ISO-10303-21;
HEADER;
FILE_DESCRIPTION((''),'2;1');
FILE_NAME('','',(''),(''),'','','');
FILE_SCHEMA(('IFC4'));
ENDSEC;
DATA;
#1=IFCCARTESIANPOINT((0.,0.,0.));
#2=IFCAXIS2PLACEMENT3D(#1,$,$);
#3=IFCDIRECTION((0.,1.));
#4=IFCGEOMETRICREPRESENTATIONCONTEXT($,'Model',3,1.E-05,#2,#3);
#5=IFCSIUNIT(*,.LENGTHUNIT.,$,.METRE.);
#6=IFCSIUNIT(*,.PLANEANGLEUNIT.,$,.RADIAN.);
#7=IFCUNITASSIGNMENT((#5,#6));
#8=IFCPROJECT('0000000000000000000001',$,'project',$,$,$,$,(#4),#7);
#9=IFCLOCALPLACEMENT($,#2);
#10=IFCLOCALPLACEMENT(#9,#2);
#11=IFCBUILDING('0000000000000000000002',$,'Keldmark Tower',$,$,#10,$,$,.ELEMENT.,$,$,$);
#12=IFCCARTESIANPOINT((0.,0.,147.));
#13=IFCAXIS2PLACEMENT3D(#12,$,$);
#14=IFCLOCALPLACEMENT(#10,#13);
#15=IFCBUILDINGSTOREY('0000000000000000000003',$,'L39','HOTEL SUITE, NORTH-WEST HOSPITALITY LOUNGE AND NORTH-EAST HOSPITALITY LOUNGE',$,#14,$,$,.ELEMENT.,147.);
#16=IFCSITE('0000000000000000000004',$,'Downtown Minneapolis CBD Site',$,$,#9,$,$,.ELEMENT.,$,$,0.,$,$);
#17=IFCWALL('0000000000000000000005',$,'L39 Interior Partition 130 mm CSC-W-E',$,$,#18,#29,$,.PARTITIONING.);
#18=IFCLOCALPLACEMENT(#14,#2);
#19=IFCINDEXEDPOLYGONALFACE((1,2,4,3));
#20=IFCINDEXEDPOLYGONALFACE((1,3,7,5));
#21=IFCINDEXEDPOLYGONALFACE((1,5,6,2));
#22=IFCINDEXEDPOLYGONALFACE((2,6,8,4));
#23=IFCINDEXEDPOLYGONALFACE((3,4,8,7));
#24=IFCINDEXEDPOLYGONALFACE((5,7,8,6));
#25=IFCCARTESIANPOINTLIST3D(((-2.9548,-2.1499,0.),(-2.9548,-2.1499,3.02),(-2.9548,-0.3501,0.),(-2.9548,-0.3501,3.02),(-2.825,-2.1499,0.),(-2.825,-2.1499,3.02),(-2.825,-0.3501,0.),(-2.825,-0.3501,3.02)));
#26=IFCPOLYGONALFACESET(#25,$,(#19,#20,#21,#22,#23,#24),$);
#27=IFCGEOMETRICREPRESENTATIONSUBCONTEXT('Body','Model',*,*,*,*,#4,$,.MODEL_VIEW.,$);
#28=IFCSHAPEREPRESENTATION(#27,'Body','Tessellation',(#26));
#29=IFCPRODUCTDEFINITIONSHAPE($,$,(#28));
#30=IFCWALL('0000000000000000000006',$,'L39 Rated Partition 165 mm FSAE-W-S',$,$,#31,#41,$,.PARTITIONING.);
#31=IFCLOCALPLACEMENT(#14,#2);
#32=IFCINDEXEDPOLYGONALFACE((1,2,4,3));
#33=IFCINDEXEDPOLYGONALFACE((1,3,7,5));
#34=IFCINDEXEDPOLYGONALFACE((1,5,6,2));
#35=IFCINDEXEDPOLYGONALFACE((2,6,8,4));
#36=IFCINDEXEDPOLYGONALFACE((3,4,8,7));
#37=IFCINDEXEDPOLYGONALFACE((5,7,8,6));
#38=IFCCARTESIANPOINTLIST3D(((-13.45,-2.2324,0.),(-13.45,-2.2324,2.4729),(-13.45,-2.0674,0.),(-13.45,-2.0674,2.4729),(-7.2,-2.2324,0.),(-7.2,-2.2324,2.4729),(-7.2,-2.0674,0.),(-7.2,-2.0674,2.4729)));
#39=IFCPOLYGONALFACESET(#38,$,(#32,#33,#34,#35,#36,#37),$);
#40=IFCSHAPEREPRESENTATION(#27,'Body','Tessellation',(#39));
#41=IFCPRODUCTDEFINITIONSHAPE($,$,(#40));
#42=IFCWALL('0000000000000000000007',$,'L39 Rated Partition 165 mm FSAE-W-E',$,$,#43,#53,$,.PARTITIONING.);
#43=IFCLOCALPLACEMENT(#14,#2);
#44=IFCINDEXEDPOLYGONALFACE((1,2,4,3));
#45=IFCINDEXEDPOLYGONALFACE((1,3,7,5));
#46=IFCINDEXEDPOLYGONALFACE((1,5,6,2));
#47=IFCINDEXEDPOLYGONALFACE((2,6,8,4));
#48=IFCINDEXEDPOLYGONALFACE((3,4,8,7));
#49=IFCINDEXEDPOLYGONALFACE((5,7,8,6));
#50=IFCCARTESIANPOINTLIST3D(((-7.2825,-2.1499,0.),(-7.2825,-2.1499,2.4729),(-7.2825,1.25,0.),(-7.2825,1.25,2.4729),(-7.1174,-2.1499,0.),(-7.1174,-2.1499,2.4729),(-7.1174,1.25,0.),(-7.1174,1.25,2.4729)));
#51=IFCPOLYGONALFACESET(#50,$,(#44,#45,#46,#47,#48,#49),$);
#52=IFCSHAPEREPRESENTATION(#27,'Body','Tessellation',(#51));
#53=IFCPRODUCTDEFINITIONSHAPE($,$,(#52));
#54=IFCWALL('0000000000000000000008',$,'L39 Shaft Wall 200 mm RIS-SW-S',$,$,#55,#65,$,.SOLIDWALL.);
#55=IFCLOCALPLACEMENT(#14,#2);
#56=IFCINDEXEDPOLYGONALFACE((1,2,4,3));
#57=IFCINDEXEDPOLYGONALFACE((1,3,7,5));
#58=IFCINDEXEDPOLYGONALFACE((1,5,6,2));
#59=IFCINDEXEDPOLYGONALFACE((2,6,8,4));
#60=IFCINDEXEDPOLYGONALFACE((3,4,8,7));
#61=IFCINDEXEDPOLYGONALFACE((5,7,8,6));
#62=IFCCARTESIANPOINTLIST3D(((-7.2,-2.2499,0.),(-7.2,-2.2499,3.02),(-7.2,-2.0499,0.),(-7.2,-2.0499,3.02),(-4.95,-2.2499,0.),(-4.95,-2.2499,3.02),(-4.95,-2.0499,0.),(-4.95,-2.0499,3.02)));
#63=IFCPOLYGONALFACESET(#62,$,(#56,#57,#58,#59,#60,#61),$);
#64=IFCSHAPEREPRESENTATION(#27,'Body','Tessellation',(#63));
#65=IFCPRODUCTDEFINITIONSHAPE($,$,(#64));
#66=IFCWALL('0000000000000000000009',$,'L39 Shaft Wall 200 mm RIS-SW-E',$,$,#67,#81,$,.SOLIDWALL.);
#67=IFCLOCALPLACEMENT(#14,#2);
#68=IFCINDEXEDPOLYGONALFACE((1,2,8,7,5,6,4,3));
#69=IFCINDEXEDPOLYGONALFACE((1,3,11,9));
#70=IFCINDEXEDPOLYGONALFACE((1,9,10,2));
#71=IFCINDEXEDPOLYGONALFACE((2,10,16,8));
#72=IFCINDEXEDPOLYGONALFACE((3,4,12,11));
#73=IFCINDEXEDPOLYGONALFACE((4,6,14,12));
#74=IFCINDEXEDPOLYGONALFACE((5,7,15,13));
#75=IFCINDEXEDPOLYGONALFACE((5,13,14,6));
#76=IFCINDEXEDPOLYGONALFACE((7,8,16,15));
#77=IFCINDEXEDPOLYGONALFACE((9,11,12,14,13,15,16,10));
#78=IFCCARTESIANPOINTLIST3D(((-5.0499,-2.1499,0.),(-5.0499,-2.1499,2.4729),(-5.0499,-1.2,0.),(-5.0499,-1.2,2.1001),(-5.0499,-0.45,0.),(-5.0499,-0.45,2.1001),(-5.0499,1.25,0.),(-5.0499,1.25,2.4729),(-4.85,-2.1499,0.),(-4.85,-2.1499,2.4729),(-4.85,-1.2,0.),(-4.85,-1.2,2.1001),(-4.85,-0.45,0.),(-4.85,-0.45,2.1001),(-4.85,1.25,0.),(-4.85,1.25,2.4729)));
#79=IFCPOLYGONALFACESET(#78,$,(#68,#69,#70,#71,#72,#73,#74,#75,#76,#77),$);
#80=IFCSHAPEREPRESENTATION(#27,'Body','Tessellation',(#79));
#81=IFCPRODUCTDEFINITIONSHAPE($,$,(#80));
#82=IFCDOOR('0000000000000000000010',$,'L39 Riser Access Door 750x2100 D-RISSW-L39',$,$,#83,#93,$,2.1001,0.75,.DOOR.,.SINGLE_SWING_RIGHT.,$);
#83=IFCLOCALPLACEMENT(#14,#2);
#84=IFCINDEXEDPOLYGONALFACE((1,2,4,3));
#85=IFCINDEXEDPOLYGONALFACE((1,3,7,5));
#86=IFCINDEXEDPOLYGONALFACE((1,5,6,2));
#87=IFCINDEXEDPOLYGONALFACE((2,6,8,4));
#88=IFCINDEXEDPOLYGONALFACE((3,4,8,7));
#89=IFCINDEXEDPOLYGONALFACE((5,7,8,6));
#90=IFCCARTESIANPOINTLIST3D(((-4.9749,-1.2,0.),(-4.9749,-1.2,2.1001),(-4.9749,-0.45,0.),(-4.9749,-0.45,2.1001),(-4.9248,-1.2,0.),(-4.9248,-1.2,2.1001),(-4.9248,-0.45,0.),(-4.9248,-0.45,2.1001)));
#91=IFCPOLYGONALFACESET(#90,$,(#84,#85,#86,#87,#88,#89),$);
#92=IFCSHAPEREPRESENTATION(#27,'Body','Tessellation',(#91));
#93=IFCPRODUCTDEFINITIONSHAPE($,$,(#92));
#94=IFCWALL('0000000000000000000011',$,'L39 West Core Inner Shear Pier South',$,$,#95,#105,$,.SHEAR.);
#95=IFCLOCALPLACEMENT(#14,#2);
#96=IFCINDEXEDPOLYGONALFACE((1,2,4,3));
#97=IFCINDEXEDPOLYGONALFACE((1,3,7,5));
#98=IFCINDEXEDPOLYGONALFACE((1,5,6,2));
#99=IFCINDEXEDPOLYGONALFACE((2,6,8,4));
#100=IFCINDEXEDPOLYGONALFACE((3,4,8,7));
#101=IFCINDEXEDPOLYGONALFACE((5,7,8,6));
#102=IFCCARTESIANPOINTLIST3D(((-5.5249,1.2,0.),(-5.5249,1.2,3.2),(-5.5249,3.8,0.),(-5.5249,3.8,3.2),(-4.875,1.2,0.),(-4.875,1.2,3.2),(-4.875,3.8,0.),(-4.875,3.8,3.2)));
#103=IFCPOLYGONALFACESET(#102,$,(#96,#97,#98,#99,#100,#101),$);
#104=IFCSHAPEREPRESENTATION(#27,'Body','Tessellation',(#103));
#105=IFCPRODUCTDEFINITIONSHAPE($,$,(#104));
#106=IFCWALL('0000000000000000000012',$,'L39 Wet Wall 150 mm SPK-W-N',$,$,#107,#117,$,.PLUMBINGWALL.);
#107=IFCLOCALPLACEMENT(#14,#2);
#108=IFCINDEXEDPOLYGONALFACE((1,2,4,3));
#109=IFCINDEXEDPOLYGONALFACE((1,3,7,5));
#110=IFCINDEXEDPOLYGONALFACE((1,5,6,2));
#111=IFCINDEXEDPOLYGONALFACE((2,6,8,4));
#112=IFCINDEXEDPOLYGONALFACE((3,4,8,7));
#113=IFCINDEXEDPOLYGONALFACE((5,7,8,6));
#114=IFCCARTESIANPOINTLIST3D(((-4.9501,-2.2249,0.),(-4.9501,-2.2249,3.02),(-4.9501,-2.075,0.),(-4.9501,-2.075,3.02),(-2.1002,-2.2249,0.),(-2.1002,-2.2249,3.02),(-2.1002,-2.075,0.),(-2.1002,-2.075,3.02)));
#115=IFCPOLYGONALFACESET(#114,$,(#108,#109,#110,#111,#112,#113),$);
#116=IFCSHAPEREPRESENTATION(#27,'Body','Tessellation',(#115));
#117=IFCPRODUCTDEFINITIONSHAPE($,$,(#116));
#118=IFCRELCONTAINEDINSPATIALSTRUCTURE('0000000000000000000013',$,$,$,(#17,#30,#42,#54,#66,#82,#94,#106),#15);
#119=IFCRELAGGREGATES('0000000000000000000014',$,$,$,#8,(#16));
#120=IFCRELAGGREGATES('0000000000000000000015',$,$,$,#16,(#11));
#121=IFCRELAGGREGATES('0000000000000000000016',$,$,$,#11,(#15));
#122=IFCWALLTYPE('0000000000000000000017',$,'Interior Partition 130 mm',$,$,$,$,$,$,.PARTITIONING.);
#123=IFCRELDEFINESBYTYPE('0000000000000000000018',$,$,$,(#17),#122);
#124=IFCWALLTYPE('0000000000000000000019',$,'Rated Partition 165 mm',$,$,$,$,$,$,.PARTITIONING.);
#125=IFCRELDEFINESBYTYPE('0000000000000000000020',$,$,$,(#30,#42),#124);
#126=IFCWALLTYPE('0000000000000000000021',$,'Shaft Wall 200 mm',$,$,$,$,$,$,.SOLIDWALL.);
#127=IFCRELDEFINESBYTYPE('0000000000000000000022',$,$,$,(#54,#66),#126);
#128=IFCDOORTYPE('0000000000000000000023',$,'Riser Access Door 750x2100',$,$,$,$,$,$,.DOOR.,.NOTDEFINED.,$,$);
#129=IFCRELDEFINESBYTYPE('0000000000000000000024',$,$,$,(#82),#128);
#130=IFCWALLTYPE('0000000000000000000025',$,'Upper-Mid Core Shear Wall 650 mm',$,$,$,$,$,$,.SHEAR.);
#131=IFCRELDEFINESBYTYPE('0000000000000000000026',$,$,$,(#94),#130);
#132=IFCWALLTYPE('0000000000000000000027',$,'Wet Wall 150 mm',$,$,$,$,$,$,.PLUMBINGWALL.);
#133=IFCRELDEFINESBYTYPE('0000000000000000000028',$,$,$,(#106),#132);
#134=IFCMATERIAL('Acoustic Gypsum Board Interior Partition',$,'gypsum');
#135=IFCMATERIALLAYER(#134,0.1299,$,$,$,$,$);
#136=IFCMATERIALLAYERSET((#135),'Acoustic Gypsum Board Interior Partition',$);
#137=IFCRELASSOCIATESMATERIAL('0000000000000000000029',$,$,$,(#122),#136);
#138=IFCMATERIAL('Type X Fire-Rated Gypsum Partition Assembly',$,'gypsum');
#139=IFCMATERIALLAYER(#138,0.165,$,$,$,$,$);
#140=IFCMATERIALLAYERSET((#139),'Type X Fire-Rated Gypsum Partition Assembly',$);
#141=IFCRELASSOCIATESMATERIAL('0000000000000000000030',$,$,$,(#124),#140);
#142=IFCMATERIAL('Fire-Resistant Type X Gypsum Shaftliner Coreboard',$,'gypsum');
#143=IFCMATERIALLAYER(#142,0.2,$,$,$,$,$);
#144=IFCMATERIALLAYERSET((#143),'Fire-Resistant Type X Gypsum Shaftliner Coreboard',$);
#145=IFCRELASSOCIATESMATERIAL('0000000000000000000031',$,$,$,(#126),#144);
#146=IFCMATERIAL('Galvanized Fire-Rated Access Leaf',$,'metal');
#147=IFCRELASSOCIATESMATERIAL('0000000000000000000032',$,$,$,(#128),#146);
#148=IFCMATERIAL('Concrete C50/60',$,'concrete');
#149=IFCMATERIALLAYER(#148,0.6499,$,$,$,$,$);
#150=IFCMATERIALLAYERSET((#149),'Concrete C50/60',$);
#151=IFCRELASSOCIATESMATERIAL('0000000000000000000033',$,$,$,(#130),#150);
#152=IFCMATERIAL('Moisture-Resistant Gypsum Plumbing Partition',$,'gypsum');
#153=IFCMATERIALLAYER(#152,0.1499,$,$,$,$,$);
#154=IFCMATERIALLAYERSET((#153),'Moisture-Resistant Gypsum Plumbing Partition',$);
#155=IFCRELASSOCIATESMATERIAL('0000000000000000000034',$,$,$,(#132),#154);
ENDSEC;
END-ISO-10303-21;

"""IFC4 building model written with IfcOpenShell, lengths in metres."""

from ifc_helpers import new_model, si_unit, direction, frame, frame_2d, origin, place, context, subcontext, project, spatial, rectangle, extrude, material, layer, layer_set, type_object, element, fill, save


model = new_model("IFC4")

# Units and contexts
model_context = context("Model", 3, precision=1e-05, world=origin(), true_north=direction((0.0, 1.0)))
body_context = subcontext(model_context, "Body", "Model", "MODEL_VIEW")
ifc_project = project(units=[si_unit("LENGTHUNIT", "METRE"), si_unit("PLANEANGLEUNIT", "RADIAN")], contexts=[model_context])

# Site, building, storey
site_placement = place(None, origin())
site = spatial("IfcSite", under=ifc_project, at=site_placement, Name="Downtown Minneapolis CBD Site", CompositionType="ELEMENT", RefElevation=0.0)
building_placement = place(site_placement, origin())
building = spatial("IfcBuilding", under=site, at=building_placement, Name="Keldmark Tower", CompositionType="ELEMENT")
storey_placement = place(building_placement, frame((0.0, 0.0, 147.0)))
storey = spatial("IfcBuildingStorey", under=building, at=storey_placement, Name="L39", Description="HOTEL SUITE, NORTH-WEST HOSPITALITY LOUNGE AND NORTH-EAST HOSPITALITY LOUNGE", CompositionType="ELEMENT", Elevation=147.0)

# Shared definitions
ifc_material_1 = material(Name="Acoustic Gypsum Board Interior Partition", Category="gypsum")
ifc_layer_1 = layer(ifc_material_1, 0.1299)
ifc_layer_set_1 = layer_set([ifc_layer_1], Name="Acoustic Gypsum Board Interior Partition")
wall_type_1 = type_object("IfcWallType", Name="Interior Partition 130 mm", PredefinedType="PARTITIONING", material=ifc_layer_set_1)

# Walls
wall_1_placement = place(storey_placement, frame((-2.8899, -2.1499, 0.0), z_axis=(0.0, 0.0, 1.0), x_axis=(0.0, 1.0, 0.0)))
element("IfcWall", 1, at=wall_1_placement, inside=storey, type_object=wall_type_1, Name="L39 Interior Partition 130 mm CSC-W-E", PredefinedType="PARTITIONING", context=body_context, shape_type="SweptSolid", body=[
    extrude(rectangle(XDim=1.7998, YDim=0.1299, at=frame_2d((0.8999, 0.0))), origin(), (0.0, 0.0, 1.0), 3.02),
])
ifc_material_2 = material(Name="Type X Fire-Rated Gypsum Partition Assembly", Category="gypsum")
ifc_layer_2 = layer(ifc_material_2, 0.165)
ifc_layer_set_2 = layer_set([ifc_layer_2], Name="Type X Fire-Rated Gypsum Partition Assembly")
wall_type_2 = type_object("IfcWallType", Name="Rated Partition 165 mm", PredefinedType="PARTITIONING", material=ifc_layer_set_2)
wall_2_placement = place(storey_placement, frame((-13.45, -2.1499, 0.0), z_axis=(0.0, 0.0, 1.0), x_axis=(1.0, 0.0, 0.0)))
element("IfcWall", 2, at=wall_2_placement, inside=storey, type_object=wall_type_2, Name="L39 Rated Partition 165 mm FSAE-W-S", PredefinedType="PARTITIONING", context=body_context, shape_type="SweptSolid", body=[
    extrude(rectangle(XDim=6.25, YDim=0.165, at=frame_2d((3.125, 0.0))), origin(), (0.0, 0.0, 1.0), 2.4729),
])

# Walls
wall_3_placement = place(storey_placement, frame((-7.2, -2.1499, 0.0), z_axis=(0.0, 0.0, 1.0), x_axis=(0.0, 1.0, 0.0)))
element("IfcWall", 3, at=wall_3_placement, inside=storey, type_object=wall_type_2, Name="L39 Rated Partition 165 mm FSAE-W-E", PredefinedType="PARTITIONING", context=body_context, shape_type="SweptSolid", body=[
    extrude(rectangle(XDim=3.3999, YDim=0.165, at=frame_2d((1.7, 0.0))), origin(), (0.0, 0.0, 1.0), 2.4729),
])
ifc_material_3 = material(Name="Fire-Resistant Type X Gypsum Shaftliner Coreboard", Category="gypsum")
ifc_layer_3 = layer(ifc_material_3, 0.2)
ifc_layer_set_3 = layer_set([ifc_layer_3], Name="Fire-Resistant Type X Gypsum Shaftliner Coreboard")
wall_type_3 = type_object("IfcWallType", Name="Shaft Wall 200 mm", PredefinedType="SOLIDWALL", material=ifc_layer_set_3)
wall_4_placement = place(storey_placement, frame((-7.2, -2.1499, 0.0), z_axis=(0.0, 0.0, 1.0), x_axis=(1.0, 0.0, 0.0)))
element("IfcWall", 4, at=wall_4_placement, inside=storey, type_object=wall_type_3, Name="L39 Shaft Wall 200 mm RIS-SW-S", PredefinedType="SOLIDWALL", context=body_context, shape_type="SweptSolid", body=[
    extrude(rectangle(XDim=2.25, YDim=0.2, at=frame_2d((1.125, 0.0))), origin(), (0.0, 0.0, 1.0), 3.02),
])

# Wall, opening, door
wall_5_placement = place(storey_placement, frame((-4.95, -2.1499, 0.0), z_axis=(0.0, 0.0, 1.0), x_axis=(0.0, 1.0, 0.0)))
wall_5 = element("IfcWall", 5, at=wall_5_placement, inside=storey, type_object=wall_type_3, Name="L39 Shaft Wall 200 mm RIS-SW-E", PredefinedType="SOLIDWALL", context=body_context, shape_type="SweptSolid", body=[
    extrude(rectangle(XDim=3.3999, YDim=0.2, at=frame_2d((1.7, 0.0))), origin(), (0.0, 0.0, 1.0), 2.4729),
])
opening_1_placement = place(wall_5_placement, frame((0.95, 0.0, 0.0)))
opening_1 = element("IfcOpeningElement", 6, at=opening_1_placement, cuts=wall_5, PredefinedType="OPENING", context=body_context, shape_type="SweptSolid", body=[
    extrude(rectangle(XDim=0.75, YDim=2.1001, at=frame_2d((0.375, 1.05))), frame((0.0, 0.1099, 0.0), z_axis=(0.0, -1.0, 0.0), x_axis=(1.0, 0.0, 0.0)), (0.0, 0.0, 1.0), 0.22),
])
ifc_material_4 = material(Name="Galvanized Fire-Rated Access Leaf", Category="metal")
door_type_1 = type_object("IfcDoorType", Name="Riser Access Door 750x2100", OperationType="NOTDEFINED", PredefinedType="DOOR", material=ifc_material_4)
door_1_placement = place(opening_1_placement, origin())
door_1 = element("IfcDoor", 7, at=door_1_placement, inside=storey, type_object=door_type_1, Name="L39 Riser Access Door 750x2100 D-RISSW-L39", OperationType="SINGLE_SWING_RIGHT", OverallHeight=2.1001, OverallWidth=0.75, PredefinedType="DOOR", context=body_context, shape_type="SweptSolid", body=[
    extrude(rectangle(XDim=0.75, YDim=2.1001, at=frame_2d((0.375, 1.05))), frame((0.0, 0.0249, 0.0), z_axis=(0.0, -1.0, 0.0), x_axis=(1.0, 0.0, 0.0)), (0.0, 0.0, 1.0), 0.05),
])
fill(opening_1, door_1)

# Walls
ifc_material_5 = material(Name="Concrete C50/60", Category="concrete")
ifc_layer_4 = layer(ifc_material_5, 0.6499)
ifc_layer_set_4 = layer_set([ifc_layer_4], Name="Concrete C50/60")
wall_type_4 = type_object("IfcWallType", Name="Upper-Mid Core Shear Wall 650 mm", PredefinedType="SHEAR", material=ifc_layer_set_4)
wall_6_placement = place(storey_placement, frame((-5.2, 1.2, 0.0), z_axis=(0.0, 0.0, 1.0), x_axis=(0.0, 1.0, 0.0)))
element("IfcWall", 8, at=wall_6_placement, inside=storey, type_object=wall_type_4, Name="L39 West Core Inner Shear Pier South", PredefinedType="SHEAR", context=body_context, shape_type="SweptSolid", body=[
    extrude(rectangle(XDim=2.6001, YDim=0.6499, at=frame_2d((1.3, 0.0))), origin(), (0.0, 0.0, 1.0), 3.2),
])
ifc_material_6 = material(Name="Moisture-Resistant Gypsum Plumbing Partition", Category="gypsum")
ifc_layer_5 = layer(ifc_material_6, 0.1499)
ifc_layer_set_5 = layer_set([ifc_layer_5], Name="Moisture-Resistant Gypsum Plumbing Partition")
wall_type_5 = type_object("IfcWallType", Name="Wet Wall 150 mm", PredefinedType="PLUMBINGWALL", material=ifc_layer_set_5)
wall_7_placement = place(storey_placement, frame((-4.95, -2.1499, 0.0), z_axis=(0.0, 0.0, 1.0), x_axis=(1.0, 0.0, 0.0)))
element("IfcWall", 9, at=wall_7_placement, inside=storey, type_object=wall_type_5, Name="L39 Wet Wall 150 mm SPK-W-N", PredefinedType="PLUMBINGWALL", context=body_context, shape_type="SweptSolid", body=[
    extrude(rectangle(XDim=2.8499, YDim=0.1499, at=frame_2d((1.4248, 0.0))), origin(), (0.0, 0.0, 1.0), 3.02),
])

save(model, "model.ifc")
